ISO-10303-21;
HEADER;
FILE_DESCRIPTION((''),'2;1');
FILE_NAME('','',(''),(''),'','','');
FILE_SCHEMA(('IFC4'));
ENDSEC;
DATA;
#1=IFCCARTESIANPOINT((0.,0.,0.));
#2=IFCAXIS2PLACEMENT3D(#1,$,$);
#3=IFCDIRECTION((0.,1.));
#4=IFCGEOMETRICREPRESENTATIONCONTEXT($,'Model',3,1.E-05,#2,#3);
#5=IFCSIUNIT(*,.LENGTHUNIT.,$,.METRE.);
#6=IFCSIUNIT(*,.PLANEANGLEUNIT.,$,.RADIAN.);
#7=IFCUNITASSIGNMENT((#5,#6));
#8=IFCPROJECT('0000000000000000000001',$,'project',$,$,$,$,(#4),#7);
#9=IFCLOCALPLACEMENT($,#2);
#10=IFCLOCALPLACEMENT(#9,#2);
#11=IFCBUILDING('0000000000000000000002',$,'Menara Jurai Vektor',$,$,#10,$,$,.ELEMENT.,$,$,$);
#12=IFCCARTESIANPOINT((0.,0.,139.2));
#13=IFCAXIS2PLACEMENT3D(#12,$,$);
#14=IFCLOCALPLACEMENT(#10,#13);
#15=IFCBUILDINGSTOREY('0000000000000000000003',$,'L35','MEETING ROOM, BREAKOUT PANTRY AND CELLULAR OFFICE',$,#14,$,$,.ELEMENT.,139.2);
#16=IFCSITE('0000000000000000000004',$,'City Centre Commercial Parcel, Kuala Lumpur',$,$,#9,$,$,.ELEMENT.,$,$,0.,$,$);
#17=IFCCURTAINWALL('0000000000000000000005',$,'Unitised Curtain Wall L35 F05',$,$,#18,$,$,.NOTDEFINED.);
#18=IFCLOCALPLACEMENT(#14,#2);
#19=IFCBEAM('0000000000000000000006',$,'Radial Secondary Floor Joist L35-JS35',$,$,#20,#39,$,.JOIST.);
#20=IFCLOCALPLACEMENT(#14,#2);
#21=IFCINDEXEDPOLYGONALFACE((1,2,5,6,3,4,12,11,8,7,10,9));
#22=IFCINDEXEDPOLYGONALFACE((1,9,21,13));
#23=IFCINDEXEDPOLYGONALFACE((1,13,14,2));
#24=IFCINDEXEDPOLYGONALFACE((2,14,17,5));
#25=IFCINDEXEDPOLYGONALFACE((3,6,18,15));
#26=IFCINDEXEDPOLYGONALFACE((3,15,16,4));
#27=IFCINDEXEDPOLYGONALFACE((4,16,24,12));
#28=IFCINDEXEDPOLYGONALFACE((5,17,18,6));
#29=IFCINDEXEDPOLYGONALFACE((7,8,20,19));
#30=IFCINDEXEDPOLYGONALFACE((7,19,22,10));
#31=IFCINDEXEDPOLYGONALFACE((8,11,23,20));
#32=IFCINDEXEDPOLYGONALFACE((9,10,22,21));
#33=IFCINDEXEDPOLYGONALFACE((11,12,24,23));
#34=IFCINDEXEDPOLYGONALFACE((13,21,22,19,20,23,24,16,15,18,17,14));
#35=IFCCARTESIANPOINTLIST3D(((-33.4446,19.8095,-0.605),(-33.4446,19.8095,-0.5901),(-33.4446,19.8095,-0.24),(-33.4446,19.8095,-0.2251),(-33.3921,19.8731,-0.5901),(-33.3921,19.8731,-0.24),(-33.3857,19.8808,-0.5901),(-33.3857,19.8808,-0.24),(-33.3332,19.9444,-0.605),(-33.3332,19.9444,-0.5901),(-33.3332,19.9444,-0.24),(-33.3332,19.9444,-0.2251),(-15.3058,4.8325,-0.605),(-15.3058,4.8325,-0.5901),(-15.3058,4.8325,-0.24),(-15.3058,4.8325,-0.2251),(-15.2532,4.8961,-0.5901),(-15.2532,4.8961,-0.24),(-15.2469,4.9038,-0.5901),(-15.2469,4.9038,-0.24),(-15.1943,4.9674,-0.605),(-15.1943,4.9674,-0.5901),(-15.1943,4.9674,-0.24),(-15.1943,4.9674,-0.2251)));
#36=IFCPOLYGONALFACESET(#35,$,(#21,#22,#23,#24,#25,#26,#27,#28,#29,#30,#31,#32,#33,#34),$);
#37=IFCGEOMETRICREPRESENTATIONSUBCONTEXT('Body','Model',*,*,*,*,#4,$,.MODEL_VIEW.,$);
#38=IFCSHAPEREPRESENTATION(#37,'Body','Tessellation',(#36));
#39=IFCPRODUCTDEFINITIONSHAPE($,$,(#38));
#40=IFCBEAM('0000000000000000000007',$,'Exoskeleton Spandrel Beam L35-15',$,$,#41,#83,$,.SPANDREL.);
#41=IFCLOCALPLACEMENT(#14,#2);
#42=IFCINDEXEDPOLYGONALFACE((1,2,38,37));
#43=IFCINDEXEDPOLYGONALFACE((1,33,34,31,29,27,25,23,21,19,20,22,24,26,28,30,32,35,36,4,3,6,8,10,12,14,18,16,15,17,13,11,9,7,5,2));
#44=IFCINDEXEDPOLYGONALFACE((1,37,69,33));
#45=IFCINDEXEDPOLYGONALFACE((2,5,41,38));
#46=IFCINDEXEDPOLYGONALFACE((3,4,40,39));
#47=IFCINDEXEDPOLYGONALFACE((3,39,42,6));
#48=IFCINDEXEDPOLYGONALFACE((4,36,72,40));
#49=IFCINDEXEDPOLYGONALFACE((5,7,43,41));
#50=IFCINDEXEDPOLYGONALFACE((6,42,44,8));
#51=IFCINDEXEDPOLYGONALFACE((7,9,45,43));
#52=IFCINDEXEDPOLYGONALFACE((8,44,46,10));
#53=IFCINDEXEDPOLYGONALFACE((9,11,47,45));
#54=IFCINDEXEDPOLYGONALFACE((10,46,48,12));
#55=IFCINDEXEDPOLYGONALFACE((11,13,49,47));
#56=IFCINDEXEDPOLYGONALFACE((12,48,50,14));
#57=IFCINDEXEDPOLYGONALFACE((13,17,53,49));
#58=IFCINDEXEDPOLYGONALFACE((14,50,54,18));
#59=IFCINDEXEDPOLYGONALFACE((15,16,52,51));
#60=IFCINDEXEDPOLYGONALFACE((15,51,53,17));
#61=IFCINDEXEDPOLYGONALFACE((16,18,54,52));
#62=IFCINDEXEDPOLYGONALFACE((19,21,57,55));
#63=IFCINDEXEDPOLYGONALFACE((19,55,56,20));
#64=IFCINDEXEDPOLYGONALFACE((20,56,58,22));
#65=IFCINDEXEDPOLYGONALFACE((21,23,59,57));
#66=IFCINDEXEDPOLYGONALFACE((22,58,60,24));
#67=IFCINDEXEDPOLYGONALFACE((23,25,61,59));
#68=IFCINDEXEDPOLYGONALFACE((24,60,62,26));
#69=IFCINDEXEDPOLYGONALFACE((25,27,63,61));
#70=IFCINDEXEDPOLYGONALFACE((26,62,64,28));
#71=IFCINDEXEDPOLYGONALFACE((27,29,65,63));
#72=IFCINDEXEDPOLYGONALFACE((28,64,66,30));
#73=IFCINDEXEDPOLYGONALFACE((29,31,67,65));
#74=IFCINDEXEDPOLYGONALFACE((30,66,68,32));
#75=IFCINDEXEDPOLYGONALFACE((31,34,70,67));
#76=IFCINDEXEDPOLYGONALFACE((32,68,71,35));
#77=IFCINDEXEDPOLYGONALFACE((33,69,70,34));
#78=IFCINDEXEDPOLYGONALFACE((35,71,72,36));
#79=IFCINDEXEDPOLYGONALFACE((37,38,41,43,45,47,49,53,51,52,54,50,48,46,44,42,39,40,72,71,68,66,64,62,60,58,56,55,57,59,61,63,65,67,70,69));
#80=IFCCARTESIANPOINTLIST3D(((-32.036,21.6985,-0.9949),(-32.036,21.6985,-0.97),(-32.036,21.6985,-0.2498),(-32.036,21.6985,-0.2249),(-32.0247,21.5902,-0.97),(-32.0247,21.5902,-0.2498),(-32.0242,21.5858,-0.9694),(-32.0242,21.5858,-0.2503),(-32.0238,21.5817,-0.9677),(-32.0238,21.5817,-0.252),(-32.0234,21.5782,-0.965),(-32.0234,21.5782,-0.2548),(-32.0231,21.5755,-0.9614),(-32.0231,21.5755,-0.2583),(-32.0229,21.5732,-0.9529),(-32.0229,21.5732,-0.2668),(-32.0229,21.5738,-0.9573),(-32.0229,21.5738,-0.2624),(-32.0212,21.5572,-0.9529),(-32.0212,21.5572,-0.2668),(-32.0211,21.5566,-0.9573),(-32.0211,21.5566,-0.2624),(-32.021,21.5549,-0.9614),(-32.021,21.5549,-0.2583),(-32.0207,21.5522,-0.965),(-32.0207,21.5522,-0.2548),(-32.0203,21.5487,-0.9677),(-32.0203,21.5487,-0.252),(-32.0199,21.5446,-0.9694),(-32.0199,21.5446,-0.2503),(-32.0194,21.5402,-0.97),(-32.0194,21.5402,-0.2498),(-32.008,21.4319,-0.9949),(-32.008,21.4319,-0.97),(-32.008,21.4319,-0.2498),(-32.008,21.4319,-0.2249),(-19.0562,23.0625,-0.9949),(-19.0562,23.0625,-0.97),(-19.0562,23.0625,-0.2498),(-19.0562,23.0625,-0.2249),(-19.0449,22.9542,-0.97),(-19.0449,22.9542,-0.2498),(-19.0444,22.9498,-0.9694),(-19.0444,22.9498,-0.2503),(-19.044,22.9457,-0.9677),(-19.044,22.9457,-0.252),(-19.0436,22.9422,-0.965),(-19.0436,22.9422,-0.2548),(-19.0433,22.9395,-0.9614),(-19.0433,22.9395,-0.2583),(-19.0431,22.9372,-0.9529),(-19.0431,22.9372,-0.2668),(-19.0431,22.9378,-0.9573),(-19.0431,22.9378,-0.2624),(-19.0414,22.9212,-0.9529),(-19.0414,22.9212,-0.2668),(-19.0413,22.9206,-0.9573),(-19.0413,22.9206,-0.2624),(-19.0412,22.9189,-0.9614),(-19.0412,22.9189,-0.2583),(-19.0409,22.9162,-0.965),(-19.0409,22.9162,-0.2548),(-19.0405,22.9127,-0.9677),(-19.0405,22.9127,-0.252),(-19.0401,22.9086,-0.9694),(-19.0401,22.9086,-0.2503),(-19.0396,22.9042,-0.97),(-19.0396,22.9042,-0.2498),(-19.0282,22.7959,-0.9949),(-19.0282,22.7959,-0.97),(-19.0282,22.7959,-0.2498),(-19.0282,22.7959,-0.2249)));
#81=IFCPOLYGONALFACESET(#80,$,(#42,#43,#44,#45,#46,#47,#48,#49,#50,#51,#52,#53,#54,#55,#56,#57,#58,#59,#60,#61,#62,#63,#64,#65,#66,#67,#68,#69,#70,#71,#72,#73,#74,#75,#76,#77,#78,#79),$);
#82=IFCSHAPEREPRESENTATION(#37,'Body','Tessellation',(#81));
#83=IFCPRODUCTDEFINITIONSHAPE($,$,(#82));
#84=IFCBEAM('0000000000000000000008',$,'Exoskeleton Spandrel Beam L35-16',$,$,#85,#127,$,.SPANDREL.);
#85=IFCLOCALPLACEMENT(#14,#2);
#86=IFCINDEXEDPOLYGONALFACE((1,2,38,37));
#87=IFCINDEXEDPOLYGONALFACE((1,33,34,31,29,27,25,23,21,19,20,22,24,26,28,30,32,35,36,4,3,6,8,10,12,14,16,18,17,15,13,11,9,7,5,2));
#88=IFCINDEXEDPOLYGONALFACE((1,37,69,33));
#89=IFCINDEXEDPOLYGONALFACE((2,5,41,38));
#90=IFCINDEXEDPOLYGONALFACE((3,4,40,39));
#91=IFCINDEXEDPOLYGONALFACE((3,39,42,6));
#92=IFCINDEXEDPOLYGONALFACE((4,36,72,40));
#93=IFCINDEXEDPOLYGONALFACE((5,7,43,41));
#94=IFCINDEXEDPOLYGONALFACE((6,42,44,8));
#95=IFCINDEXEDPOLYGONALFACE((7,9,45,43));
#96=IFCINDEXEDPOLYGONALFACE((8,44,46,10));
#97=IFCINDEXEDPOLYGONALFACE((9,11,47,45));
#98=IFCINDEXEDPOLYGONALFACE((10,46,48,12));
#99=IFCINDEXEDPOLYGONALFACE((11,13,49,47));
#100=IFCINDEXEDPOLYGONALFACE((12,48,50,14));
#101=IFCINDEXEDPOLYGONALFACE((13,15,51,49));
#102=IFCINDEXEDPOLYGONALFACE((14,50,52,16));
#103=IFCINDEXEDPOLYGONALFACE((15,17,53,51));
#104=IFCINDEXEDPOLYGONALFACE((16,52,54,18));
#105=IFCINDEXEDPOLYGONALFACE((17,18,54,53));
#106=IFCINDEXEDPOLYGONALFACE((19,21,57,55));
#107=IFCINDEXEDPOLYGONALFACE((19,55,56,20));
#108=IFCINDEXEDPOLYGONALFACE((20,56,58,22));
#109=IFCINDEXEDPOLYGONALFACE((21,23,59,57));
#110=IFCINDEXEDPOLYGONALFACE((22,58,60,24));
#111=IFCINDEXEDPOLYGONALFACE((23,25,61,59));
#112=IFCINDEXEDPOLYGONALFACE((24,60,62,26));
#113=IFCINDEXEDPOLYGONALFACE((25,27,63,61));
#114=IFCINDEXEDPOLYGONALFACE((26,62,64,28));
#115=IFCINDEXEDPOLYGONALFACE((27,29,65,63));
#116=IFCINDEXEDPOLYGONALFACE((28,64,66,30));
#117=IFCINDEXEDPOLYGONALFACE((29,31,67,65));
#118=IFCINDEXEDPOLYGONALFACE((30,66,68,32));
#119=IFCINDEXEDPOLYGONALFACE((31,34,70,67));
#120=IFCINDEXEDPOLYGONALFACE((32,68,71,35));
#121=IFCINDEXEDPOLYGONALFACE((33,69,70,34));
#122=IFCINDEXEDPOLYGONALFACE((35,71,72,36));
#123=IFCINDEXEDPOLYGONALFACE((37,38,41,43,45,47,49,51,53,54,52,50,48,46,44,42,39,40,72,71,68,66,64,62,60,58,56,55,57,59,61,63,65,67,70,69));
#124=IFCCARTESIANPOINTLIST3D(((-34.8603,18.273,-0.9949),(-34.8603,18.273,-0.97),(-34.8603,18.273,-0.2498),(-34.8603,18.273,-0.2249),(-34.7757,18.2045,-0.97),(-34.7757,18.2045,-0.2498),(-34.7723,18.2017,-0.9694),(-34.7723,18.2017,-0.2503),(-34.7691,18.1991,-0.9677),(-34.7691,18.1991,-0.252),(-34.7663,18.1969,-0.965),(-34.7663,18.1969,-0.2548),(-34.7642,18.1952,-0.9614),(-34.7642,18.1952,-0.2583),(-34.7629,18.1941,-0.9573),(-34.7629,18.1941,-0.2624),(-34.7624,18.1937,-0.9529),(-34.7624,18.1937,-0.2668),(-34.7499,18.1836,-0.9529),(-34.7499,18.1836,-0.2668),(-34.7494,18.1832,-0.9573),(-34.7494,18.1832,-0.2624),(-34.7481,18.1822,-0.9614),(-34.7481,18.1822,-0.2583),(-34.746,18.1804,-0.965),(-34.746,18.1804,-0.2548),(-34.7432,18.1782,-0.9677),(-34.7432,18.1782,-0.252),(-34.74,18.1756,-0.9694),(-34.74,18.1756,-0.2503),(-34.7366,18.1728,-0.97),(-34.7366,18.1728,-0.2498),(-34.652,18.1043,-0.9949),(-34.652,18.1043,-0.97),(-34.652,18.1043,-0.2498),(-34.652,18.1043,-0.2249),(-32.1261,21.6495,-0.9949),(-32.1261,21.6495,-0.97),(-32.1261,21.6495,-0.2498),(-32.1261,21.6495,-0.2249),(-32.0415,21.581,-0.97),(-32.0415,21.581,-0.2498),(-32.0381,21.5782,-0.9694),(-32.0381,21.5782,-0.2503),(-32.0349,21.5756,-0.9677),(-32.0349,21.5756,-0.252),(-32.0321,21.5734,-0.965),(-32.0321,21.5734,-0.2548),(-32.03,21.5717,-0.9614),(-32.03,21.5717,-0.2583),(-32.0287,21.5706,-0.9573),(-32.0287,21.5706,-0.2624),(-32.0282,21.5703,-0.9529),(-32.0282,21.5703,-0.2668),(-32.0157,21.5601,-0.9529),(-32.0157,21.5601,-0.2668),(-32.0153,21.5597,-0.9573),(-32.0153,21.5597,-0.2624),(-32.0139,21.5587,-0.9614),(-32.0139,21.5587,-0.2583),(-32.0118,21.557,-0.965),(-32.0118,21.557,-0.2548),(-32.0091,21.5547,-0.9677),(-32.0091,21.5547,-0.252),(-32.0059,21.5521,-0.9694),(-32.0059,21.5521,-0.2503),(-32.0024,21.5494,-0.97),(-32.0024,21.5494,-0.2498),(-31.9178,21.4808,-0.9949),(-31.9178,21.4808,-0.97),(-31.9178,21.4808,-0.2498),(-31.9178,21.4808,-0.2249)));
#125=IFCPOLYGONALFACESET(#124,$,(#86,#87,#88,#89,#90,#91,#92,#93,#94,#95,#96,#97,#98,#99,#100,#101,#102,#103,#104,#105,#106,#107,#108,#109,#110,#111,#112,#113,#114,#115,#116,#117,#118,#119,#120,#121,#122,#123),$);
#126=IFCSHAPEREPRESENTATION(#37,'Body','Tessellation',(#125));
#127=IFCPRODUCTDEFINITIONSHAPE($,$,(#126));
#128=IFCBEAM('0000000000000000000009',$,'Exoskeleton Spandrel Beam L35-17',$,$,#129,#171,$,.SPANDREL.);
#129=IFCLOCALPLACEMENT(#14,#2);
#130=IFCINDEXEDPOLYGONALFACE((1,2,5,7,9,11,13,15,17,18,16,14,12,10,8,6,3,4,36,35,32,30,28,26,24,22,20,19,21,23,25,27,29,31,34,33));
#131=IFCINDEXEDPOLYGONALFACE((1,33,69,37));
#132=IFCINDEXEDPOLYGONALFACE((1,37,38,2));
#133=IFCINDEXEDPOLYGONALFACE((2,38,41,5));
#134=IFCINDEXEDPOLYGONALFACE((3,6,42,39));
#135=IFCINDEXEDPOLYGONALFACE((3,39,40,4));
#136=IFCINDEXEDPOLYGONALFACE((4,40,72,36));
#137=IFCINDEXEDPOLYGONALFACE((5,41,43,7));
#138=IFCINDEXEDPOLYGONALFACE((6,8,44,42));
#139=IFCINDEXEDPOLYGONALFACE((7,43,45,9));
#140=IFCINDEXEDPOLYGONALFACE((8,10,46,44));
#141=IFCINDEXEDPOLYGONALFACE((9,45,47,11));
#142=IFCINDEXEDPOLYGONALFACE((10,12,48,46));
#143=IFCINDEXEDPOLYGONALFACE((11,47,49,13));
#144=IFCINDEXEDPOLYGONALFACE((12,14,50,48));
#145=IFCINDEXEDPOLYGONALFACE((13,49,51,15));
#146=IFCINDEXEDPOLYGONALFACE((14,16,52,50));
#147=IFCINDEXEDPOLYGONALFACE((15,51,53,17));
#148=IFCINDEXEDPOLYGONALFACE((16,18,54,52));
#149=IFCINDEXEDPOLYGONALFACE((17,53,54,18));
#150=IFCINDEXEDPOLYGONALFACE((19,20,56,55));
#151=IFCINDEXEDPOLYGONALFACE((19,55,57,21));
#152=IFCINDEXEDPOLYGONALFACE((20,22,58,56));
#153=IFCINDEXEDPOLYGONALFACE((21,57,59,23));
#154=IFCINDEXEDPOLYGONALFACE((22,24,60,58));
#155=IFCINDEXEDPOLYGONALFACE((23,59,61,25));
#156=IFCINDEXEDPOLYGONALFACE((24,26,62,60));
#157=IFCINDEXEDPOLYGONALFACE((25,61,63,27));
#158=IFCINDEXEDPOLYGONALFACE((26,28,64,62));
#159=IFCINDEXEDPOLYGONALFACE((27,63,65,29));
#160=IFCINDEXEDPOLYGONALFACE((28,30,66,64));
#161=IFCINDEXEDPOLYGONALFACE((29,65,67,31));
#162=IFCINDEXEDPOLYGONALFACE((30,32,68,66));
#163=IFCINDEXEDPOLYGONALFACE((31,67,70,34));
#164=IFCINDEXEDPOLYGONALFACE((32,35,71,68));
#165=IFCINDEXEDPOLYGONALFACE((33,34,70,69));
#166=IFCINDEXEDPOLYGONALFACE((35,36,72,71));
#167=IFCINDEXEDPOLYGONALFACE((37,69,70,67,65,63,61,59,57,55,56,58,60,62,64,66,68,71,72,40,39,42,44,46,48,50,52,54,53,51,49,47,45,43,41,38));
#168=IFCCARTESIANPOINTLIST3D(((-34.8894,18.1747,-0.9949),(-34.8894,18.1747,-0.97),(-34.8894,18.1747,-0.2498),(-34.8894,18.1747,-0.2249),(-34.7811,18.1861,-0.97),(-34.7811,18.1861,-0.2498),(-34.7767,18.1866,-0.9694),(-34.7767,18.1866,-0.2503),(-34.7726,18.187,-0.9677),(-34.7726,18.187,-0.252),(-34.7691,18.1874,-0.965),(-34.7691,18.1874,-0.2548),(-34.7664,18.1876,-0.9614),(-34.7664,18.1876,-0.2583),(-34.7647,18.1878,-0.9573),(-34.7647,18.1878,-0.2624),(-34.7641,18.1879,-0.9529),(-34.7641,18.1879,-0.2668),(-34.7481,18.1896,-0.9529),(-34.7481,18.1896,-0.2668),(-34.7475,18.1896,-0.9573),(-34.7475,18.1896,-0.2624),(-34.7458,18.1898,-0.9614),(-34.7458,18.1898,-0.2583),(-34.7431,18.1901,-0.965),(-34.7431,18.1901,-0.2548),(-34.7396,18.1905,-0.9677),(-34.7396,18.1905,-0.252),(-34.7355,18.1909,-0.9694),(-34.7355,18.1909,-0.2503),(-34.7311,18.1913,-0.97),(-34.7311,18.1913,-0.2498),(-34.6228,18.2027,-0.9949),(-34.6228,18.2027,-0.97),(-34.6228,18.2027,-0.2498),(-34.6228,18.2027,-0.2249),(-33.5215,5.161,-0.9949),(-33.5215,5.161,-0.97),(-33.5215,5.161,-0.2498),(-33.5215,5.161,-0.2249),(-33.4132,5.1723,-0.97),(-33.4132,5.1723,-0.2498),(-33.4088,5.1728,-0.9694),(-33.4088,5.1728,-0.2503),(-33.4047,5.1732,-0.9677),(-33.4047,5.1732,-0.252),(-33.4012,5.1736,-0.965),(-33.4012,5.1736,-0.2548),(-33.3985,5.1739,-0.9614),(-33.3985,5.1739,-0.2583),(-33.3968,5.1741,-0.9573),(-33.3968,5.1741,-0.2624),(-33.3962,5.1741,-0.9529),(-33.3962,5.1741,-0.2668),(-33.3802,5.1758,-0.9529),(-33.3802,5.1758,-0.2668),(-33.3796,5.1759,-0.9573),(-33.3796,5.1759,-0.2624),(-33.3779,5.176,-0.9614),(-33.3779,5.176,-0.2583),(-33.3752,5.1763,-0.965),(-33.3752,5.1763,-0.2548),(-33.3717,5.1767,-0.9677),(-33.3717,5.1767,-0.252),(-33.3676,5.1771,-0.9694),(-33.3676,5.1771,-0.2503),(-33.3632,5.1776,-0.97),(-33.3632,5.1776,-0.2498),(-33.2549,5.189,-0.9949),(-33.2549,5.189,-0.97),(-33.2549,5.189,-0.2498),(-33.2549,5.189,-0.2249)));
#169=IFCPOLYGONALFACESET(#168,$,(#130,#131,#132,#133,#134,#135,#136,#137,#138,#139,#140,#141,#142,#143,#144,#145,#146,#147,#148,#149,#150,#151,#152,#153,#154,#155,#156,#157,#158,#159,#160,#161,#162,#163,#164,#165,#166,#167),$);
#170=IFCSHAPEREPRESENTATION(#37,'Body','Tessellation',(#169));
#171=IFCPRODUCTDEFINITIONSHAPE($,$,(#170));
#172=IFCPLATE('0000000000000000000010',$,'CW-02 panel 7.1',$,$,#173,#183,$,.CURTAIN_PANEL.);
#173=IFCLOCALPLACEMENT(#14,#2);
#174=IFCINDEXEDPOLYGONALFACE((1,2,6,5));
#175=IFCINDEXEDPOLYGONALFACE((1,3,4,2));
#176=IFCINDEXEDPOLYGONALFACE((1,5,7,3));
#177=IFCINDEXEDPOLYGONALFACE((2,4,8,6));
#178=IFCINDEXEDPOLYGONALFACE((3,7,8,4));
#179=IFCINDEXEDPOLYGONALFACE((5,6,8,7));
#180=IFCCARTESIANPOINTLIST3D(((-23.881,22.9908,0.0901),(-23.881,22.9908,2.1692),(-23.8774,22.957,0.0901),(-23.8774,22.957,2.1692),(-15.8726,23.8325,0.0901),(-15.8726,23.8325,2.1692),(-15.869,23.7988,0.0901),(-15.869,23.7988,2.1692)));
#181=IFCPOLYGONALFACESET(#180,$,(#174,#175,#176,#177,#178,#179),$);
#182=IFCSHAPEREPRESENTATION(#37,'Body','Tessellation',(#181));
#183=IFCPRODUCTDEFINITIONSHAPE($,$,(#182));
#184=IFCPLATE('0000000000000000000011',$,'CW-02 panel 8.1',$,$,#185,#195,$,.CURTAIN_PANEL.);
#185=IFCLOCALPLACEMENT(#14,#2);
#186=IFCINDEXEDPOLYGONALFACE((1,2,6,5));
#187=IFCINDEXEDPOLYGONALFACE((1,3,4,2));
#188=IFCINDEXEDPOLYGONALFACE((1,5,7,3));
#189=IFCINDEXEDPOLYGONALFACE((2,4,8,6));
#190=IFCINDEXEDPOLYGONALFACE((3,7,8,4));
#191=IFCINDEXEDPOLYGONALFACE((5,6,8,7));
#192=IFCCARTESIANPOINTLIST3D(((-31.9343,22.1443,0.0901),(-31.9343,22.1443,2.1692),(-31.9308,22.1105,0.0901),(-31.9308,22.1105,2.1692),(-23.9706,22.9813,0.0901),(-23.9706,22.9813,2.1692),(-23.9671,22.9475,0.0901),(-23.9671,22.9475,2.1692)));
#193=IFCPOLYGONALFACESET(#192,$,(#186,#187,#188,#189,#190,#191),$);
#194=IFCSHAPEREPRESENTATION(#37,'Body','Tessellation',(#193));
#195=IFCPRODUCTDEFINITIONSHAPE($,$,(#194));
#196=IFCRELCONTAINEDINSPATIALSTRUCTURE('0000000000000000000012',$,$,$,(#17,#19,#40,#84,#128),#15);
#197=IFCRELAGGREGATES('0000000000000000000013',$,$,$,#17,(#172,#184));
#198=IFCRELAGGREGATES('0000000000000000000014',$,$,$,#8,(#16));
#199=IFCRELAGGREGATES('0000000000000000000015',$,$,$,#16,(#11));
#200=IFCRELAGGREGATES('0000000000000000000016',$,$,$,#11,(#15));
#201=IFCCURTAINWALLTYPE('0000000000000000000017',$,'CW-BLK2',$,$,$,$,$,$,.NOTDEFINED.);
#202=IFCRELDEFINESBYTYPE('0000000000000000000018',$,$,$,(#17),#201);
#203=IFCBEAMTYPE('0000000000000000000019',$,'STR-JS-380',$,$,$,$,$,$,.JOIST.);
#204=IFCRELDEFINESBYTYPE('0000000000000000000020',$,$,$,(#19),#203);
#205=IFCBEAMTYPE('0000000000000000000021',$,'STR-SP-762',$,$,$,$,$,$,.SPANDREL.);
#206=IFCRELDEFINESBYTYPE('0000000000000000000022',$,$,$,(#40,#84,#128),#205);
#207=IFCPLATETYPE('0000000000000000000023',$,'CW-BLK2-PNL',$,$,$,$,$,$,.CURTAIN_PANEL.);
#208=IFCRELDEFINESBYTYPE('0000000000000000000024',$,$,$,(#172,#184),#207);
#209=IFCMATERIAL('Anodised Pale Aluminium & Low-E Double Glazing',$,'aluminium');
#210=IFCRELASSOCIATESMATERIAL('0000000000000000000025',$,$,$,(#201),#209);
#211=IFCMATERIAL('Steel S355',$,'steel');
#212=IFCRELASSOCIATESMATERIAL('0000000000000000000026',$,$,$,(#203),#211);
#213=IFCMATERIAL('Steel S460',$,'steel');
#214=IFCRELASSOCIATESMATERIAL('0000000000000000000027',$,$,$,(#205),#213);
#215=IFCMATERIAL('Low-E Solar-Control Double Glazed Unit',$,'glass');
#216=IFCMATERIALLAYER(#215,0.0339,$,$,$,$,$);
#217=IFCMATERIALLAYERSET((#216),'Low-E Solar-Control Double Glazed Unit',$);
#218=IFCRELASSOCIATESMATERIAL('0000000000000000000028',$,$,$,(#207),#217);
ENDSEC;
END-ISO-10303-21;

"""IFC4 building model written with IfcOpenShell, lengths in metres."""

from ifc_helpers import new_model, si_unit, direction, frame, origin, origin_2d, place, context, subcontext, project, spatial, rectangle, i_section, extrude, material, layer, layer_set, material_profile, profile_set, type_object, element, aggregate, save


model = new_model("IFC4")

# Units and contexts
model_context = context("Model", 3, precision=1e-05, world=origin(), true_north=direction((0.0, 1.0)))
body_context = subcontext(model_context, "Body", "Model", "MODEL_VIEW")
ifc_project = project(units=[si_unit("LENGTHUNIT", "METRE"), si_unit("PLANEANGLEUNIT", "RADIAN")], contexts=[model_context])

# Site, building, storey
site_placement = place(None, origin())
site = spatial("IfcSite", under=ifc_project, at=site_placement, Name="City Centre Commercial Parcel, Kuala Lumpur", CompositionType="ELEMENT", RefElevation=0.0)
building_placement = place(site_placement, origin())
building = spatial("IfcBuilding", under=site, at=building_placement, Name="Menara Jurai Vektor", CompositionType="ELEMENT")
storey_placement = place(building_placement, frame((0.0, 0.0, 139.2)))
storey = spatial("IfcBuildingStorey", under=building, at=storey_placement, Name="L35", Description="MEETING ROOM, BREAKOUT PANTRY AND CELLULAR OFFICE", CompositionType="ELEMENT", Elevation=139.2)

# Shared definitions
ifc_material_1 = material(Name="Steel S460", Category="steel")

# Curtain wall
ifc_material_2 = material(Name="Anodised Pale Aluminium & Low-E Double Glazing", Category="aluminium")
curtain_wall_type = type_object("IfcCurtainWallType", Name="CW-BLK2", PredefinedType="NOTDEFINED", material=ifc_material_2)
curtain_wall_1_placement = place(storey_placement, origin())
curtain_wall_1 = element("IfcCurtainWall", 1, at=curtain_wall_1_placement, inside=storey, type_object=curtain_wall_type, Name="Unitised Curtain Wall L35 F05", PredefinedType="NOTDEFINED")

# Shared definitions
ifc_material_3 = material(Name="Steel S355", Category="steel")

# Beams
ifc_material_profile_1 = material_profile(ifc_material_3, i_section(OverallWidth=0.175, OverallDepth=0.3799, WebThickness=0.01, FlangeThickness=0.0149, at=origin_2d()), Name="PG 380x175x58")
ifc_profile_set_1 = profile_set([ifc_material_profile_1], Name="Steel S355")
beam_type_1 = type_object("IfcBeamType", Name="STR-JS-380", PredefinedType="JOIST", material=ifc_profile_set_1)
beam_1_placement = place(storey_placement, frame((-33.3889, 19.877, -0.415), z_axis=(0.771114, -0.636698, 0.0), x_axis=(0.636698, 0.771114, 0.0)))
element("IfcBeam", 2, at=beam_1_placement, inside=storey, type_object=beam_type_1, Name="Radial Secondary Floor Joist L35-JS35", PredefinedType="JOIST", context=body_context, shape_type="SweptSolid", body=[
    extrude(i_section(OverallWidth=0.175, OverallDepth=0.3799, WebThickness=0.01, FlangeThickness=0.0149, at=origin_2d()), origin(), (0.0, 0.0, 1.0), 23.5229),
])
ifc_material_profile_2 = material_profile(ifc_material_1, i_section(OverallWidth=0.2681, OverallDepth=0.77, WebThickness=0.0161, FlangeThickness=0.0249, FilletRadius=0.0171, at=origin_2d()), Name="UKB 762x267x197")
ifc_profile_set_2 = profile_set([ifc_material_profile_2], Name="Steel S460")
beam_type_2 = type_object("IfcBeamType", Name="STR-SP-762", PredefinedType="SPANDREL", material=ifc_profile_set_2)
beam_2_placement = place(storey_placement, frame((-19.0422, 22.9292, -0.6099), z_axis=(-0.994524, -0.104512, 0.0), x_axis=(0.104512, -0.994524, 0.0)))
element("IfcBeam", 3, at=beam_2_placement, inside=storey, type_object=beam_type_2, Name="Exoskeleton Spandrel Beam L35-15", PredefinedType="SPANDREL", context=body_context, shape_type="SweptSolid", body=[
    extrude(i_section(OverallWidth=0.2681, OverallDepth=0.77, WebThickness=0.0161, FlangeThickness=0.0249, FilletRadius=0.0171, at=origin_2d()), origin(), (0.0, 0.0, 1.0), 13.0513),
])
beam_3_placement = place(storey_placement, frame((-32.022, 21.5652, -0.6099), z_axis=(-0.62931, -0.777155, 0.0), x_axis=(0.777155, -0.62931, 0.0)))
element("IfcBeam", 4, at=beam_3_placement, inside=storey, type_object=beam_type_2, Name="Exoskeleton Spandrel Beam L35-16", PredefinedType="SPANDREL", context=body_context, shape_type="SweptSolid", body=[
    extrude(i_section(OverallWidth=0.2681, OverallDepth=0.77, WebThickness=0.0161, FlangeThickness=0.0249, FilletRadius=0.0171, at=origin_2d()), origin(), (0.0, 0.0, 1.0), 4.3447),
])
beam_4_placement = place(storey_placement, frame((-34.7561, 18.1887, -0.6099), z_axis=(0.104538, -0.994521, 0.0), x_axis=(0.994521, 0.104538, 0.0)))
element("IfcBeam", 5, at=beam_4_placement, inside=storey, type_object=beam_type_2, Name="Exoskeleton Spandrel Beam L35-17", PredefinedType="SPANDREL", context=body_context, shape_type="SweptSolid", body=[
    extrude(i_section(OverallWidth=0.2681, OverallDepth=0.77, WebThickness=0.0161, FlangeThickness=0.0249, FilletRadius=0.0171, at=origin_2d()), origin(), (0.0, 0.0, 1.0), 13.0854),
])

# Plates
ifc_material_4 = material(Name="Low-E Solar-Control Double Glazed Unit", Category="glass")
ifc_layer_1 = layer(ifc_material_4, 0.0339)
ifc_layer_set_1 = layer_set([ifc_layer_1], Name="Low-E Solar-Control Double Glazed Unit")
plate_type_1 = type_object("IfcPlateType", Name="CW-BLK2-PNL", PredefinedType="CURTAIN_PANEL", material=ifc_layer_set_1)
plate_1_placement = place(storey_placement, frame((-19.875, 23.3948, 0.0901), z_axis=(0.0, 0.0, 1.0), x_axis=(-0.994522, -0.104529, 0.0)))
plate_1 = element("IfcPlate", 6, at=plate_1_placement, type_object=plate_type_1, Name="CW-02 panel 7.1", PredefinedType="CURTAIN_PANEL", context=body_context, shape_type="SweptSolid", body=[
    extrude(rectangle(XDim=8.0525, YDim=0.0339, at=origin_2d()), origin(), (0.0, 0.0, 1.0), 2.0791),
])
plate_2_placement = place(storey_placement, frame((-27.9507, 22.5459, 0.0901), z_axis=(0.0, 0.0, 1.0), x_axis=(-0.994522, -0.104529, 0.0)))
plate_2 = element("IfcPlate", 7, at=plate_2_placement, type_object=plate_type_1, Name="CW-02 panel 8.1", PredefinedType="CURTAIN_PANEL", context=body_context, shape_type="SweptSolid", body=[
    extrude(rectangle(XDim=8.0076, YDim=0.0339, at=origin_2d()), origin(), (0.0, 0.0, 1.0), 2.0791),
])
aggregate(curtain_wall_1, [plate_1, plate_2])

save(model, "model.ifc")
